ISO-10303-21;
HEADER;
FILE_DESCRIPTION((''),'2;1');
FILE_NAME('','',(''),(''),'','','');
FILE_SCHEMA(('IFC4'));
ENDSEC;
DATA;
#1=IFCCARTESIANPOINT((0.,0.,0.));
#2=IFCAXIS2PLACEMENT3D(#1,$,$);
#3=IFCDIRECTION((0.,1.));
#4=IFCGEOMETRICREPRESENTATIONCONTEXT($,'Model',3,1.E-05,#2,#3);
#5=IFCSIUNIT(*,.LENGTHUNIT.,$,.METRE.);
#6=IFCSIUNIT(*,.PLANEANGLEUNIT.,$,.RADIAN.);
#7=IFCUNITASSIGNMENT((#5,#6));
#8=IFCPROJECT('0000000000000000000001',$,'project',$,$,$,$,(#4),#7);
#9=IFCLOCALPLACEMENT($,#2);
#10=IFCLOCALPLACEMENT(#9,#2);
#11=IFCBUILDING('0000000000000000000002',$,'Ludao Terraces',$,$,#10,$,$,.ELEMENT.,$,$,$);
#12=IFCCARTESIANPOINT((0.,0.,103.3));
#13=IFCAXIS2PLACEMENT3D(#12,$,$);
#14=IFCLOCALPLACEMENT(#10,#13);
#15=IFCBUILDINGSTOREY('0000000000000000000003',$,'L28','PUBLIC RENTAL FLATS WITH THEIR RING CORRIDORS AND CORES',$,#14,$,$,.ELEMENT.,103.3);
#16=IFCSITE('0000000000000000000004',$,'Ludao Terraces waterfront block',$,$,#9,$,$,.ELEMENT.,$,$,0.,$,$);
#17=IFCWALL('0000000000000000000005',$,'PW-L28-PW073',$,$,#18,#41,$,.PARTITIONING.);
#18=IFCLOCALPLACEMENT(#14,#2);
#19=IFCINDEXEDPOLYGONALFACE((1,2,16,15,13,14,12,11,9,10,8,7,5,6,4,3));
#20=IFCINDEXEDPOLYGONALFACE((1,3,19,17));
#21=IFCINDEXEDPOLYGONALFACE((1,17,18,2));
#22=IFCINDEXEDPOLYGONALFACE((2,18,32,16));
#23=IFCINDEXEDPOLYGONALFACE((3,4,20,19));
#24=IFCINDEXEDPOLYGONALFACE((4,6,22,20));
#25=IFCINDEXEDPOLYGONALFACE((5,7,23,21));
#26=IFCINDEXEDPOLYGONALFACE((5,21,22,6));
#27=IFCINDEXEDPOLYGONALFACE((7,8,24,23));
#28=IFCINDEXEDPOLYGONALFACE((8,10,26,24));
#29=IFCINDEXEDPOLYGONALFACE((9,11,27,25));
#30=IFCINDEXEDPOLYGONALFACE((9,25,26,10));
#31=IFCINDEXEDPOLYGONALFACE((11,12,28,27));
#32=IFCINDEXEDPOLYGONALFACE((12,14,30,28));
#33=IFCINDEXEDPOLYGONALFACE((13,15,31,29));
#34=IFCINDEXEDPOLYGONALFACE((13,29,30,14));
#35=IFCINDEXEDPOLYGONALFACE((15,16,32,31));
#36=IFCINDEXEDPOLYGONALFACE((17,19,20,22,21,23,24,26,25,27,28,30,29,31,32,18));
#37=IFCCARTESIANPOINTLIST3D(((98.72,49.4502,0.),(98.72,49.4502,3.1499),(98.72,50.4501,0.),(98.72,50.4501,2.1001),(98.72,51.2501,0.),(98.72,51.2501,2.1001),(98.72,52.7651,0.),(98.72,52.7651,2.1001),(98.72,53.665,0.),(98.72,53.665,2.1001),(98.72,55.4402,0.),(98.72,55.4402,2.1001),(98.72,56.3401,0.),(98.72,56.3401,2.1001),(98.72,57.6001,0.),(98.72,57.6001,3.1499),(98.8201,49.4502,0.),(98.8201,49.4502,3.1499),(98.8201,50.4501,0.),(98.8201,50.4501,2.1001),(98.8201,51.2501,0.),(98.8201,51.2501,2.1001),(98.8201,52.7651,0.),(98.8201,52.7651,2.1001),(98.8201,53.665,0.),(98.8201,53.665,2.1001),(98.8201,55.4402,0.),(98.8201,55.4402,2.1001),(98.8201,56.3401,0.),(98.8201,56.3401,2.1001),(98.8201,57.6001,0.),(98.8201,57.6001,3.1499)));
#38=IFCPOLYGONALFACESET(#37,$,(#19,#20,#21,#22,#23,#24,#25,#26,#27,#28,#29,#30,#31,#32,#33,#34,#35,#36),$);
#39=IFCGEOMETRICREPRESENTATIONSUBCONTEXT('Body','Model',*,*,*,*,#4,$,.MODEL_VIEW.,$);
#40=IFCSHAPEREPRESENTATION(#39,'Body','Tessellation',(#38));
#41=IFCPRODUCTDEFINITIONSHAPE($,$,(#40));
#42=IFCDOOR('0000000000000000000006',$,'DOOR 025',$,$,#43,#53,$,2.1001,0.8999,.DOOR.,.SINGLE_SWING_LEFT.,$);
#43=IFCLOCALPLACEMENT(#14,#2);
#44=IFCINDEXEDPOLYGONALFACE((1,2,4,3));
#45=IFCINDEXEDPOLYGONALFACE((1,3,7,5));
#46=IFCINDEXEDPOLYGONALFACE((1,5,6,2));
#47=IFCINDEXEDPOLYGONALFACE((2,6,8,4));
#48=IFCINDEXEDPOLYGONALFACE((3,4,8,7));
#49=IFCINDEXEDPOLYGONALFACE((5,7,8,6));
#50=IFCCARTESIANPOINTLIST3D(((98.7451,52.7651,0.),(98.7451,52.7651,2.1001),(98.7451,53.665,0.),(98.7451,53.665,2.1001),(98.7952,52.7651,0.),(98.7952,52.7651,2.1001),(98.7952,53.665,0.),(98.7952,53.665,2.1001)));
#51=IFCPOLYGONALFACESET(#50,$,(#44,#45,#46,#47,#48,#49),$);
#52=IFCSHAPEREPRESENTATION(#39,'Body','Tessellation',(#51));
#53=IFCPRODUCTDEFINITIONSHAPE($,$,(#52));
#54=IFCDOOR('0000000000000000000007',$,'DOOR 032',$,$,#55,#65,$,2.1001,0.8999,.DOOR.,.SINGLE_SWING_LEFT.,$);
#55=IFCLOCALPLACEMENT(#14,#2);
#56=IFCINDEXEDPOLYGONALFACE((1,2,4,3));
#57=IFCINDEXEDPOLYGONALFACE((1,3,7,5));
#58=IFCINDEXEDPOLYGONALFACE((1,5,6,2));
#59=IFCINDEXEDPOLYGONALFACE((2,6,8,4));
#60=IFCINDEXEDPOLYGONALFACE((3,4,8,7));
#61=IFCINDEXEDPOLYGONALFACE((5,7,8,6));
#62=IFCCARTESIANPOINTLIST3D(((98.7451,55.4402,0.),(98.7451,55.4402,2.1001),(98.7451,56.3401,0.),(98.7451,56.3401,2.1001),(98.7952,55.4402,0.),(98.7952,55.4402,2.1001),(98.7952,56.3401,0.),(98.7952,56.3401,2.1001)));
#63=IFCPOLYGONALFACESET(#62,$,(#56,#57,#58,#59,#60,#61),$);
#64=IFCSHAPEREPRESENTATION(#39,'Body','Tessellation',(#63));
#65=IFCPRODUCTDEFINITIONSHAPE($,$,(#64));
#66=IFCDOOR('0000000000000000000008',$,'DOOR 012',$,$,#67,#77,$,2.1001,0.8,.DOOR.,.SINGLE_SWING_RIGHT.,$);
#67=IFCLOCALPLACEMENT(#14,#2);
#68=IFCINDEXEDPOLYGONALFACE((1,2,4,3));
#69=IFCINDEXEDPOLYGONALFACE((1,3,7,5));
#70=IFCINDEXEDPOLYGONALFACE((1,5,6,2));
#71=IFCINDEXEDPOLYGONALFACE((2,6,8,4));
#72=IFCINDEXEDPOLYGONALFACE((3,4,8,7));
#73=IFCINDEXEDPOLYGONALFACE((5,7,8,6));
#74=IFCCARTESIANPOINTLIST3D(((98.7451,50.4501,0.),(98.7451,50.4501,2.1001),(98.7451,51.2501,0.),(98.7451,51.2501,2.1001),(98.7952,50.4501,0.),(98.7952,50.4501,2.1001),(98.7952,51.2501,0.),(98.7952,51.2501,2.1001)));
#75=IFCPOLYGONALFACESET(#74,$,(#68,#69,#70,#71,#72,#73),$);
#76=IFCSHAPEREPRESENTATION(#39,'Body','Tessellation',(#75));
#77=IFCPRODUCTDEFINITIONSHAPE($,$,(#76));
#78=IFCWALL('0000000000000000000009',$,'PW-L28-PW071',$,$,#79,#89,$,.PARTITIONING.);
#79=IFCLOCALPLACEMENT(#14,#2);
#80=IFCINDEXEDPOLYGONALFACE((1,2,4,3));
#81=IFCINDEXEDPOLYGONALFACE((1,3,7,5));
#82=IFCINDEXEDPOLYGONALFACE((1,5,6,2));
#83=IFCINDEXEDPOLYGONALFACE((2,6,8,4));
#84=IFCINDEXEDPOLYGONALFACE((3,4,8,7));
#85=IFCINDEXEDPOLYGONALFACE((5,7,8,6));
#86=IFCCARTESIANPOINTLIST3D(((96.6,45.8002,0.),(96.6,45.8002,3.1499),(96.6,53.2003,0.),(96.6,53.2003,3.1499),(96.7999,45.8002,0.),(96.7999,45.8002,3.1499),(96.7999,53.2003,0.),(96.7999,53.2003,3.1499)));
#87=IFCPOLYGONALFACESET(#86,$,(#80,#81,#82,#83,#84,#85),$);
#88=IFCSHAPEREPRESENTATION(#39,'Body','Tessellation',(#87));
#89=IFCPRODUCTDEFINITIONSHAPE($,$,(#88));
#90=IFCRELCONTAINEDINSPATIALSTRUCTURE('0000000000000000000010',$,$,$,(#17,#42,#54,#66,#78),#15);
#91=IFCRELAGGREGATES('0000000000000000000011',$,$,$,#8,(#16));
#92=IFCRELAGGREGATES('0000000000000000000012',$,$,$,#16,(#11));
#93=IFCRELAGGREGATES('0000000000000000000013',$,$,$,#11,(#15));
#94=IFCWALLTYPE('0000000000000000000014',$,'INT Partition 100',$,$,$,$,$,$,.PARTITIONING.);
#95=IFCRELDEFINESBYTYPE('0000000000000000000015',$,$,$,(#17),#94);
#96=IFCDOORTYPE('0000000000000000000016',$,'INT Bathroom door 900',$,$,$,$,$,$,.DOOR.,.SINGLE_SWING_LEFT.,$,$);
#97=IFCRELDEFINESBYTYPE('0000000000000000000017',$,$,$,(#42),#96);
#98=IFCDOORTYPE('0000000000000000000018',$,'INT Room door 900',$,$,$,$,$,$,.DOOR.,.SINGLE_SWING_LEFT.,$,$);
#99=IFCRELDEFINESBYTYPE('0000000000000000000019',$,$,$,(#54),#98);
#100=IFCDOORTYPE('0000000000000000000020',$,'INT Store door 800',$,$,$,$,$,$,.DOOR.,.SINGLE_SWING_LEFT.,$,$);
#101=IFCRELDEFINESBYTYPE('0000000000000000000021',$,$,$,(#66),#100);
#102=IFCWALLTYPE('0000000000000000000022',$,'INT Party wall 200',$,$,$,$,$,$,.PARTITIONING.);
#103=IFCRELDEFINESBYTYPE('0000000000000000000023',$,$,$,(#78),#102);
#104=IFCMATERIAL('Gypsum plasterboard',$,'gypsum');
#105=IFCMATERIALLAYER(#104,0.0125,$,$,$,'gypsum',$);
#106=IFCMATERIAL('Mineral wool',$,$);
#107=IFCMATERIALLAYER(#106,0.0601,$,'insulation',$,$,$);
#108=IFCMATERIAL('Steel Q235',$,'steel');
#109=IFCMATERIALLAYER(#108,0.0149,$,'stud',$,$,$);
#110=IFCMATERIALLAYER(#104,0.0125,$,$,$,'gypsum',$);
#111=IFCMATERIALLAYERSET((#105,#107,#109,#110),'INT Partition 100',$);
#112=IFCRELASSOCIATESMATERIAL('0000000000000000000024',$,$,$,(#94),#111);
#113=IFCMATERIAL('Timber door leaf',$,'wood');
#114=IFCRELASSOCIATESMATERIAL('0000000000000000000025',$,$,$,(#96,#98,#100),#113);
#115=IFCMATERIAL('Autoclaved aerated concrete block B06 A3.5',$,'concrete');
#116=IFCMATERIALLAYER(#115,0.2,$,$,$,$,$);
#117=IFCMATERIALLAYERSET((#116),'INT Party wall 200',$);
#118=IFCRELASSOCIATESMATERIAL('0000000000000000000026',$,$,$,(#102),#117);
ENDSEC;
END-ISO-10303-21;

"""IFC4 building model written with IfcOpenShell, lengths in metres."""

from ifc_helpers import new_model, si_unit, direction, frame, frame_2d, origin, place, context, subcontext, project, spatial, rectangle, extrude, material, layer, layer_set, type_object, element, fill, save


model = new_model("IFC4")

# Units and contexts
model_context = context("Model", 3, precision=1e-05, world=origin(), true_north=direction((0.0, 1.0)))
body_context = subcontext(model_context, "Body", "Model", "MODEL_VIEW")
ifc_project = project(units=[si_unit("LENGTHUNIT", "METRE"), si_unit("PLANEANGLEUNIT", "RADIAN")], contexts=[model_context])

# Site, building, storey
site_placement = place(None, origin())
site = spatial("IfcSite", under=ifc_project, at=site_placement, Name="Ludao Terraces waterfront block", CompositionType="ELEMENT", RefElevation=0.0)
building_placement = place(site_placement, origin())
building = spatial("IfcBuilding", under=site, at=building_placement, Name="Ludao Terraces", CompositionType="ELEMENT")
storey_placement = place(building_placement, frame((0.0, 0.0, 103.3)))
storey = spatial("IfcBuildingStorey", under=building, at=storey_placement, Name="L28", Description="PUBLIC RENTAL FLATS WITH THEIR RING CORRIDORS AND CORES", CompositionType="ELEMENT", Elevation=103.3)

# Shared definitions
ifc_material_1 = material(Name="Mineral wool")

# Shared definitions
ifc_material_2 = material(Name="Gypsum plasterboard", Category="gypsum")
ifc_layer_1 = layer(ifc_material_2, 0.0125, Category="gypsum")
ifc_layer_2 = layer(ifc_material_1, 0.0601, Name="insulation")
ifc_material_3 = material(Name="Steel Q235", Category="steel")
ifc_layer_3 = layer(ifc_material_3, 0.0149, Name="stud")
ifc_layer_4 = layer(ifc_material_2, 0.0125, Category="gypsum")
ifc_layer_set_1 = layer_set([ifc_layer_1, ifc_layer_2, ifc_layer_3, ifc_layer_4], Name="INT Partition 100")
wall_type_1 = type_object("IfcWallType", Name="INT Partition 100", PredefinedType="PARTITIONING", material=ifc_layer_set_1)

# Wall, openings, doors
wall_1_placement = place(storey_placement, frame((98.77, 49.4502, 0.0), z_axis=(0.0, 0.0, 1.0), x_axis=(0.0, 1.0, 0.0)))
wall_1 = element("IfcWall", 1, at=wall_1_placement, inside=storey, type_object=wall_type_1, Name="PW-L28-PW073", PredefinedType="PARTITIONING", context=body_context, shape_type="SweptSolid", body=[
    extrude(rectangle(XDim=8.1499, YDim=0.1001, at=frame_2d((4.075, 0.0))), origin(), (0.0, 0.0, 1.0), 3.1499),
])
opening_1_placement = place(wall_1_placement, frame((1.0, 0.0, 0.0)))
opening_1 = element("IfcOpeningElement", 2, at=opening_1_placement, cuts=wall_1, PredefinedType="OPENING", context=body_context, shape_type="SweptSolid", body=[
    extrude(rectangle(XDim=0.8, YDim=2.1001, at=frame_2d((0.3999, 1.05))), frame((0.0, 0.0601, 0.0), z_axis=(0.0, -1.0, 0.0), x_axis=(1.0, 0.0, 0.0)), (0.0, 0.0, 1.0), 0.1201),
])
opening_2_placement = place(wall_1_placement, frame((3.3149, 0.0, 0.0)))
opening_2 = element("IfcOpeningElement", 3, at=opening_2_placement, cuts=wall_1, PredefinedType="OPENING", context=body_context, shape_type="SweptSolid", body=[
    extrude(rectangle(XDim=0.8999, YDim=2.1001, at=frame_2d((0.45, 1.05))), frame((0.0, 0.0601, 0.0), z_axis=(0.0, -1.0, 0.0), x_axis=(1.0, 0.0, 0.0)), (0.0, 0.0, 1.0), 0.1201),
])
opening_3_placement = place(wall_1_placement, frame((5.99, 0.0, 0.0)))
opening_3 = element("IfcOpeningElement", 4, at=opening_3_placement, cuts=wall_1, PredefinedType="OPENING", context=body_context, shape_type="SweptSolid", body=[
    extrude(rectangle(XDim=0.8999, YDim=2.1001, at=frame_2d((0.45, 1.05))), frame((0.0, 0.0601, 0.0), z_axis=(0.0, -1.0, 0.0), x_axis=(1.0, 0.0, 0.0)), (0.0, 0.0, 1.0), 0.1201),
])
ifc_material_4 = material(Name="Timber door leaf", Category="wood")
door_type_1 = type_object("IfcDoorType", Name="INT Bathroom door 900", OperationType="SINGLE_SWING_LEFT", PredefinedType="DOOR", material=ifc_material_4)
door_1_placement = place(opening_2_placement, origin())
door_1 = element("IfcDoor", 5, at=door_1_placement, inside=storey, type_object=door_type_1, Name="DOOR 025", OperationType="SINGLE_SWING_LEFT", OverallHeight=2.1001, OverallWidth=0.8999, PredefinedType="DOOR", context=body_context, shape_type="SweptSolid", body=[
    extrude(rectangle(XDim=0.8999, YDim=2.1001, at=frame_2d((0.45, 1.05))), frame((0.0, 0.0249, 0.0), z_axis=(0.0, -1.0, 0.0), x_axis=(1.0, 0.0, 0.0)), (0.0, 0.0, 1.0), 0.05),
])
fill(opening_2, door_1)
door_type_2 = type_object("IfcDoorType", Name="INT Room door 900", OperationType="SINGLE_SWING_LEFT", PredefinedType="DOOR", material=ifc_material_4)
door_2_placement = place(opening_3_placement, origin())
door_2 = element("IfcDoor", 6, at=door_2_placement, inside=storey, type_object=door_type_2, Name="DOOR 032", OperationType="SINGLE_SWING_LEFT", OverallHeight=2.1001, OverallWidth=0.8999, PredefinedType="DOOR", context=body_context, shape_type="SweptSolid", body=[
    extrude(rectangle(XDim=0.8999, YDim=2.1001, at=frame_2d((0.45, 1.05))), frame((0.0, 0.0249, 0.0), z_axis=(0.0, -1.0, 0.0), x_axis=(1.0, 0.0, 0.0)), (0.0, 0.0, 1.0), 0.05),
])
fill(opening_3, door_2)
door_type_3 = type_object("IfcDoorType", Name="INT Store door 800", OperationType="SINGLE_SWING_LEFT", PredefinedType="DOOR", material=ifc_material_4)
door_3_placement = place(opening_1_placement, origin())
door_3 = element("IfcDoor", 7, at=door_3_placement, inside=storey, type_object=door_type_3, Name="DOOR 012", OperationType="SINGLE_SWING_RIGHT", OverallHeight=2.1001, OverallWidth=0.8, PredefinedType="DOOR", context=body_context, shape_type="SweptSolid", body=[
    extrude(rectangle(XDim=0.8, YDim=2.1001, at=frame_2d((0.3999, 1.05))), frame((0.0, 0.0249, 0.0), z_axis=(0.0, -1.0, 0.0), x_axis=(1.0, 0.0, 0.0)), (0.0, 0.0, 1.0), 0.05),
])
fill(opening_1, door_3)

# Wall
ifc_material_5 = material(Name="Autoclaved aerated concrete block B06 A3.5", Category="concrete")
ifc_layer_5 = layer(ifc_material_5, 0.2)
ifc_layer_set_2 = layer_set([ifc_layer_5], Name="INT Party wall 200")
wall_type_2 = type_object("IfcWallType", Name="INT Party wall 200", PredefinedType="PARTITIONING", material=ifc_layer_set_2)
wall_2_placement = place(storey_placement, frame((96.7, 45.8, 0.0), z_axis=(0.0, 0.0, 1.0), x_axis=(0.0, 1.0, 0.0)))
element("IfcWall", 8, at=wall_2_placement, inside=storey, type_object=wall_type_2, Name="PW-L28-PW071", PredefinedType="PARTITIONING", context=body_context, shape_type="SweptSolid", body=[
    extrude(rectangle(XDim=7.4001, YDim=0.2, at=frame_2d((3.7002, 0.0))), origin(), (0.0, 0.0, 1.0), 3.1499),
])

save(model, "model.ifc")
